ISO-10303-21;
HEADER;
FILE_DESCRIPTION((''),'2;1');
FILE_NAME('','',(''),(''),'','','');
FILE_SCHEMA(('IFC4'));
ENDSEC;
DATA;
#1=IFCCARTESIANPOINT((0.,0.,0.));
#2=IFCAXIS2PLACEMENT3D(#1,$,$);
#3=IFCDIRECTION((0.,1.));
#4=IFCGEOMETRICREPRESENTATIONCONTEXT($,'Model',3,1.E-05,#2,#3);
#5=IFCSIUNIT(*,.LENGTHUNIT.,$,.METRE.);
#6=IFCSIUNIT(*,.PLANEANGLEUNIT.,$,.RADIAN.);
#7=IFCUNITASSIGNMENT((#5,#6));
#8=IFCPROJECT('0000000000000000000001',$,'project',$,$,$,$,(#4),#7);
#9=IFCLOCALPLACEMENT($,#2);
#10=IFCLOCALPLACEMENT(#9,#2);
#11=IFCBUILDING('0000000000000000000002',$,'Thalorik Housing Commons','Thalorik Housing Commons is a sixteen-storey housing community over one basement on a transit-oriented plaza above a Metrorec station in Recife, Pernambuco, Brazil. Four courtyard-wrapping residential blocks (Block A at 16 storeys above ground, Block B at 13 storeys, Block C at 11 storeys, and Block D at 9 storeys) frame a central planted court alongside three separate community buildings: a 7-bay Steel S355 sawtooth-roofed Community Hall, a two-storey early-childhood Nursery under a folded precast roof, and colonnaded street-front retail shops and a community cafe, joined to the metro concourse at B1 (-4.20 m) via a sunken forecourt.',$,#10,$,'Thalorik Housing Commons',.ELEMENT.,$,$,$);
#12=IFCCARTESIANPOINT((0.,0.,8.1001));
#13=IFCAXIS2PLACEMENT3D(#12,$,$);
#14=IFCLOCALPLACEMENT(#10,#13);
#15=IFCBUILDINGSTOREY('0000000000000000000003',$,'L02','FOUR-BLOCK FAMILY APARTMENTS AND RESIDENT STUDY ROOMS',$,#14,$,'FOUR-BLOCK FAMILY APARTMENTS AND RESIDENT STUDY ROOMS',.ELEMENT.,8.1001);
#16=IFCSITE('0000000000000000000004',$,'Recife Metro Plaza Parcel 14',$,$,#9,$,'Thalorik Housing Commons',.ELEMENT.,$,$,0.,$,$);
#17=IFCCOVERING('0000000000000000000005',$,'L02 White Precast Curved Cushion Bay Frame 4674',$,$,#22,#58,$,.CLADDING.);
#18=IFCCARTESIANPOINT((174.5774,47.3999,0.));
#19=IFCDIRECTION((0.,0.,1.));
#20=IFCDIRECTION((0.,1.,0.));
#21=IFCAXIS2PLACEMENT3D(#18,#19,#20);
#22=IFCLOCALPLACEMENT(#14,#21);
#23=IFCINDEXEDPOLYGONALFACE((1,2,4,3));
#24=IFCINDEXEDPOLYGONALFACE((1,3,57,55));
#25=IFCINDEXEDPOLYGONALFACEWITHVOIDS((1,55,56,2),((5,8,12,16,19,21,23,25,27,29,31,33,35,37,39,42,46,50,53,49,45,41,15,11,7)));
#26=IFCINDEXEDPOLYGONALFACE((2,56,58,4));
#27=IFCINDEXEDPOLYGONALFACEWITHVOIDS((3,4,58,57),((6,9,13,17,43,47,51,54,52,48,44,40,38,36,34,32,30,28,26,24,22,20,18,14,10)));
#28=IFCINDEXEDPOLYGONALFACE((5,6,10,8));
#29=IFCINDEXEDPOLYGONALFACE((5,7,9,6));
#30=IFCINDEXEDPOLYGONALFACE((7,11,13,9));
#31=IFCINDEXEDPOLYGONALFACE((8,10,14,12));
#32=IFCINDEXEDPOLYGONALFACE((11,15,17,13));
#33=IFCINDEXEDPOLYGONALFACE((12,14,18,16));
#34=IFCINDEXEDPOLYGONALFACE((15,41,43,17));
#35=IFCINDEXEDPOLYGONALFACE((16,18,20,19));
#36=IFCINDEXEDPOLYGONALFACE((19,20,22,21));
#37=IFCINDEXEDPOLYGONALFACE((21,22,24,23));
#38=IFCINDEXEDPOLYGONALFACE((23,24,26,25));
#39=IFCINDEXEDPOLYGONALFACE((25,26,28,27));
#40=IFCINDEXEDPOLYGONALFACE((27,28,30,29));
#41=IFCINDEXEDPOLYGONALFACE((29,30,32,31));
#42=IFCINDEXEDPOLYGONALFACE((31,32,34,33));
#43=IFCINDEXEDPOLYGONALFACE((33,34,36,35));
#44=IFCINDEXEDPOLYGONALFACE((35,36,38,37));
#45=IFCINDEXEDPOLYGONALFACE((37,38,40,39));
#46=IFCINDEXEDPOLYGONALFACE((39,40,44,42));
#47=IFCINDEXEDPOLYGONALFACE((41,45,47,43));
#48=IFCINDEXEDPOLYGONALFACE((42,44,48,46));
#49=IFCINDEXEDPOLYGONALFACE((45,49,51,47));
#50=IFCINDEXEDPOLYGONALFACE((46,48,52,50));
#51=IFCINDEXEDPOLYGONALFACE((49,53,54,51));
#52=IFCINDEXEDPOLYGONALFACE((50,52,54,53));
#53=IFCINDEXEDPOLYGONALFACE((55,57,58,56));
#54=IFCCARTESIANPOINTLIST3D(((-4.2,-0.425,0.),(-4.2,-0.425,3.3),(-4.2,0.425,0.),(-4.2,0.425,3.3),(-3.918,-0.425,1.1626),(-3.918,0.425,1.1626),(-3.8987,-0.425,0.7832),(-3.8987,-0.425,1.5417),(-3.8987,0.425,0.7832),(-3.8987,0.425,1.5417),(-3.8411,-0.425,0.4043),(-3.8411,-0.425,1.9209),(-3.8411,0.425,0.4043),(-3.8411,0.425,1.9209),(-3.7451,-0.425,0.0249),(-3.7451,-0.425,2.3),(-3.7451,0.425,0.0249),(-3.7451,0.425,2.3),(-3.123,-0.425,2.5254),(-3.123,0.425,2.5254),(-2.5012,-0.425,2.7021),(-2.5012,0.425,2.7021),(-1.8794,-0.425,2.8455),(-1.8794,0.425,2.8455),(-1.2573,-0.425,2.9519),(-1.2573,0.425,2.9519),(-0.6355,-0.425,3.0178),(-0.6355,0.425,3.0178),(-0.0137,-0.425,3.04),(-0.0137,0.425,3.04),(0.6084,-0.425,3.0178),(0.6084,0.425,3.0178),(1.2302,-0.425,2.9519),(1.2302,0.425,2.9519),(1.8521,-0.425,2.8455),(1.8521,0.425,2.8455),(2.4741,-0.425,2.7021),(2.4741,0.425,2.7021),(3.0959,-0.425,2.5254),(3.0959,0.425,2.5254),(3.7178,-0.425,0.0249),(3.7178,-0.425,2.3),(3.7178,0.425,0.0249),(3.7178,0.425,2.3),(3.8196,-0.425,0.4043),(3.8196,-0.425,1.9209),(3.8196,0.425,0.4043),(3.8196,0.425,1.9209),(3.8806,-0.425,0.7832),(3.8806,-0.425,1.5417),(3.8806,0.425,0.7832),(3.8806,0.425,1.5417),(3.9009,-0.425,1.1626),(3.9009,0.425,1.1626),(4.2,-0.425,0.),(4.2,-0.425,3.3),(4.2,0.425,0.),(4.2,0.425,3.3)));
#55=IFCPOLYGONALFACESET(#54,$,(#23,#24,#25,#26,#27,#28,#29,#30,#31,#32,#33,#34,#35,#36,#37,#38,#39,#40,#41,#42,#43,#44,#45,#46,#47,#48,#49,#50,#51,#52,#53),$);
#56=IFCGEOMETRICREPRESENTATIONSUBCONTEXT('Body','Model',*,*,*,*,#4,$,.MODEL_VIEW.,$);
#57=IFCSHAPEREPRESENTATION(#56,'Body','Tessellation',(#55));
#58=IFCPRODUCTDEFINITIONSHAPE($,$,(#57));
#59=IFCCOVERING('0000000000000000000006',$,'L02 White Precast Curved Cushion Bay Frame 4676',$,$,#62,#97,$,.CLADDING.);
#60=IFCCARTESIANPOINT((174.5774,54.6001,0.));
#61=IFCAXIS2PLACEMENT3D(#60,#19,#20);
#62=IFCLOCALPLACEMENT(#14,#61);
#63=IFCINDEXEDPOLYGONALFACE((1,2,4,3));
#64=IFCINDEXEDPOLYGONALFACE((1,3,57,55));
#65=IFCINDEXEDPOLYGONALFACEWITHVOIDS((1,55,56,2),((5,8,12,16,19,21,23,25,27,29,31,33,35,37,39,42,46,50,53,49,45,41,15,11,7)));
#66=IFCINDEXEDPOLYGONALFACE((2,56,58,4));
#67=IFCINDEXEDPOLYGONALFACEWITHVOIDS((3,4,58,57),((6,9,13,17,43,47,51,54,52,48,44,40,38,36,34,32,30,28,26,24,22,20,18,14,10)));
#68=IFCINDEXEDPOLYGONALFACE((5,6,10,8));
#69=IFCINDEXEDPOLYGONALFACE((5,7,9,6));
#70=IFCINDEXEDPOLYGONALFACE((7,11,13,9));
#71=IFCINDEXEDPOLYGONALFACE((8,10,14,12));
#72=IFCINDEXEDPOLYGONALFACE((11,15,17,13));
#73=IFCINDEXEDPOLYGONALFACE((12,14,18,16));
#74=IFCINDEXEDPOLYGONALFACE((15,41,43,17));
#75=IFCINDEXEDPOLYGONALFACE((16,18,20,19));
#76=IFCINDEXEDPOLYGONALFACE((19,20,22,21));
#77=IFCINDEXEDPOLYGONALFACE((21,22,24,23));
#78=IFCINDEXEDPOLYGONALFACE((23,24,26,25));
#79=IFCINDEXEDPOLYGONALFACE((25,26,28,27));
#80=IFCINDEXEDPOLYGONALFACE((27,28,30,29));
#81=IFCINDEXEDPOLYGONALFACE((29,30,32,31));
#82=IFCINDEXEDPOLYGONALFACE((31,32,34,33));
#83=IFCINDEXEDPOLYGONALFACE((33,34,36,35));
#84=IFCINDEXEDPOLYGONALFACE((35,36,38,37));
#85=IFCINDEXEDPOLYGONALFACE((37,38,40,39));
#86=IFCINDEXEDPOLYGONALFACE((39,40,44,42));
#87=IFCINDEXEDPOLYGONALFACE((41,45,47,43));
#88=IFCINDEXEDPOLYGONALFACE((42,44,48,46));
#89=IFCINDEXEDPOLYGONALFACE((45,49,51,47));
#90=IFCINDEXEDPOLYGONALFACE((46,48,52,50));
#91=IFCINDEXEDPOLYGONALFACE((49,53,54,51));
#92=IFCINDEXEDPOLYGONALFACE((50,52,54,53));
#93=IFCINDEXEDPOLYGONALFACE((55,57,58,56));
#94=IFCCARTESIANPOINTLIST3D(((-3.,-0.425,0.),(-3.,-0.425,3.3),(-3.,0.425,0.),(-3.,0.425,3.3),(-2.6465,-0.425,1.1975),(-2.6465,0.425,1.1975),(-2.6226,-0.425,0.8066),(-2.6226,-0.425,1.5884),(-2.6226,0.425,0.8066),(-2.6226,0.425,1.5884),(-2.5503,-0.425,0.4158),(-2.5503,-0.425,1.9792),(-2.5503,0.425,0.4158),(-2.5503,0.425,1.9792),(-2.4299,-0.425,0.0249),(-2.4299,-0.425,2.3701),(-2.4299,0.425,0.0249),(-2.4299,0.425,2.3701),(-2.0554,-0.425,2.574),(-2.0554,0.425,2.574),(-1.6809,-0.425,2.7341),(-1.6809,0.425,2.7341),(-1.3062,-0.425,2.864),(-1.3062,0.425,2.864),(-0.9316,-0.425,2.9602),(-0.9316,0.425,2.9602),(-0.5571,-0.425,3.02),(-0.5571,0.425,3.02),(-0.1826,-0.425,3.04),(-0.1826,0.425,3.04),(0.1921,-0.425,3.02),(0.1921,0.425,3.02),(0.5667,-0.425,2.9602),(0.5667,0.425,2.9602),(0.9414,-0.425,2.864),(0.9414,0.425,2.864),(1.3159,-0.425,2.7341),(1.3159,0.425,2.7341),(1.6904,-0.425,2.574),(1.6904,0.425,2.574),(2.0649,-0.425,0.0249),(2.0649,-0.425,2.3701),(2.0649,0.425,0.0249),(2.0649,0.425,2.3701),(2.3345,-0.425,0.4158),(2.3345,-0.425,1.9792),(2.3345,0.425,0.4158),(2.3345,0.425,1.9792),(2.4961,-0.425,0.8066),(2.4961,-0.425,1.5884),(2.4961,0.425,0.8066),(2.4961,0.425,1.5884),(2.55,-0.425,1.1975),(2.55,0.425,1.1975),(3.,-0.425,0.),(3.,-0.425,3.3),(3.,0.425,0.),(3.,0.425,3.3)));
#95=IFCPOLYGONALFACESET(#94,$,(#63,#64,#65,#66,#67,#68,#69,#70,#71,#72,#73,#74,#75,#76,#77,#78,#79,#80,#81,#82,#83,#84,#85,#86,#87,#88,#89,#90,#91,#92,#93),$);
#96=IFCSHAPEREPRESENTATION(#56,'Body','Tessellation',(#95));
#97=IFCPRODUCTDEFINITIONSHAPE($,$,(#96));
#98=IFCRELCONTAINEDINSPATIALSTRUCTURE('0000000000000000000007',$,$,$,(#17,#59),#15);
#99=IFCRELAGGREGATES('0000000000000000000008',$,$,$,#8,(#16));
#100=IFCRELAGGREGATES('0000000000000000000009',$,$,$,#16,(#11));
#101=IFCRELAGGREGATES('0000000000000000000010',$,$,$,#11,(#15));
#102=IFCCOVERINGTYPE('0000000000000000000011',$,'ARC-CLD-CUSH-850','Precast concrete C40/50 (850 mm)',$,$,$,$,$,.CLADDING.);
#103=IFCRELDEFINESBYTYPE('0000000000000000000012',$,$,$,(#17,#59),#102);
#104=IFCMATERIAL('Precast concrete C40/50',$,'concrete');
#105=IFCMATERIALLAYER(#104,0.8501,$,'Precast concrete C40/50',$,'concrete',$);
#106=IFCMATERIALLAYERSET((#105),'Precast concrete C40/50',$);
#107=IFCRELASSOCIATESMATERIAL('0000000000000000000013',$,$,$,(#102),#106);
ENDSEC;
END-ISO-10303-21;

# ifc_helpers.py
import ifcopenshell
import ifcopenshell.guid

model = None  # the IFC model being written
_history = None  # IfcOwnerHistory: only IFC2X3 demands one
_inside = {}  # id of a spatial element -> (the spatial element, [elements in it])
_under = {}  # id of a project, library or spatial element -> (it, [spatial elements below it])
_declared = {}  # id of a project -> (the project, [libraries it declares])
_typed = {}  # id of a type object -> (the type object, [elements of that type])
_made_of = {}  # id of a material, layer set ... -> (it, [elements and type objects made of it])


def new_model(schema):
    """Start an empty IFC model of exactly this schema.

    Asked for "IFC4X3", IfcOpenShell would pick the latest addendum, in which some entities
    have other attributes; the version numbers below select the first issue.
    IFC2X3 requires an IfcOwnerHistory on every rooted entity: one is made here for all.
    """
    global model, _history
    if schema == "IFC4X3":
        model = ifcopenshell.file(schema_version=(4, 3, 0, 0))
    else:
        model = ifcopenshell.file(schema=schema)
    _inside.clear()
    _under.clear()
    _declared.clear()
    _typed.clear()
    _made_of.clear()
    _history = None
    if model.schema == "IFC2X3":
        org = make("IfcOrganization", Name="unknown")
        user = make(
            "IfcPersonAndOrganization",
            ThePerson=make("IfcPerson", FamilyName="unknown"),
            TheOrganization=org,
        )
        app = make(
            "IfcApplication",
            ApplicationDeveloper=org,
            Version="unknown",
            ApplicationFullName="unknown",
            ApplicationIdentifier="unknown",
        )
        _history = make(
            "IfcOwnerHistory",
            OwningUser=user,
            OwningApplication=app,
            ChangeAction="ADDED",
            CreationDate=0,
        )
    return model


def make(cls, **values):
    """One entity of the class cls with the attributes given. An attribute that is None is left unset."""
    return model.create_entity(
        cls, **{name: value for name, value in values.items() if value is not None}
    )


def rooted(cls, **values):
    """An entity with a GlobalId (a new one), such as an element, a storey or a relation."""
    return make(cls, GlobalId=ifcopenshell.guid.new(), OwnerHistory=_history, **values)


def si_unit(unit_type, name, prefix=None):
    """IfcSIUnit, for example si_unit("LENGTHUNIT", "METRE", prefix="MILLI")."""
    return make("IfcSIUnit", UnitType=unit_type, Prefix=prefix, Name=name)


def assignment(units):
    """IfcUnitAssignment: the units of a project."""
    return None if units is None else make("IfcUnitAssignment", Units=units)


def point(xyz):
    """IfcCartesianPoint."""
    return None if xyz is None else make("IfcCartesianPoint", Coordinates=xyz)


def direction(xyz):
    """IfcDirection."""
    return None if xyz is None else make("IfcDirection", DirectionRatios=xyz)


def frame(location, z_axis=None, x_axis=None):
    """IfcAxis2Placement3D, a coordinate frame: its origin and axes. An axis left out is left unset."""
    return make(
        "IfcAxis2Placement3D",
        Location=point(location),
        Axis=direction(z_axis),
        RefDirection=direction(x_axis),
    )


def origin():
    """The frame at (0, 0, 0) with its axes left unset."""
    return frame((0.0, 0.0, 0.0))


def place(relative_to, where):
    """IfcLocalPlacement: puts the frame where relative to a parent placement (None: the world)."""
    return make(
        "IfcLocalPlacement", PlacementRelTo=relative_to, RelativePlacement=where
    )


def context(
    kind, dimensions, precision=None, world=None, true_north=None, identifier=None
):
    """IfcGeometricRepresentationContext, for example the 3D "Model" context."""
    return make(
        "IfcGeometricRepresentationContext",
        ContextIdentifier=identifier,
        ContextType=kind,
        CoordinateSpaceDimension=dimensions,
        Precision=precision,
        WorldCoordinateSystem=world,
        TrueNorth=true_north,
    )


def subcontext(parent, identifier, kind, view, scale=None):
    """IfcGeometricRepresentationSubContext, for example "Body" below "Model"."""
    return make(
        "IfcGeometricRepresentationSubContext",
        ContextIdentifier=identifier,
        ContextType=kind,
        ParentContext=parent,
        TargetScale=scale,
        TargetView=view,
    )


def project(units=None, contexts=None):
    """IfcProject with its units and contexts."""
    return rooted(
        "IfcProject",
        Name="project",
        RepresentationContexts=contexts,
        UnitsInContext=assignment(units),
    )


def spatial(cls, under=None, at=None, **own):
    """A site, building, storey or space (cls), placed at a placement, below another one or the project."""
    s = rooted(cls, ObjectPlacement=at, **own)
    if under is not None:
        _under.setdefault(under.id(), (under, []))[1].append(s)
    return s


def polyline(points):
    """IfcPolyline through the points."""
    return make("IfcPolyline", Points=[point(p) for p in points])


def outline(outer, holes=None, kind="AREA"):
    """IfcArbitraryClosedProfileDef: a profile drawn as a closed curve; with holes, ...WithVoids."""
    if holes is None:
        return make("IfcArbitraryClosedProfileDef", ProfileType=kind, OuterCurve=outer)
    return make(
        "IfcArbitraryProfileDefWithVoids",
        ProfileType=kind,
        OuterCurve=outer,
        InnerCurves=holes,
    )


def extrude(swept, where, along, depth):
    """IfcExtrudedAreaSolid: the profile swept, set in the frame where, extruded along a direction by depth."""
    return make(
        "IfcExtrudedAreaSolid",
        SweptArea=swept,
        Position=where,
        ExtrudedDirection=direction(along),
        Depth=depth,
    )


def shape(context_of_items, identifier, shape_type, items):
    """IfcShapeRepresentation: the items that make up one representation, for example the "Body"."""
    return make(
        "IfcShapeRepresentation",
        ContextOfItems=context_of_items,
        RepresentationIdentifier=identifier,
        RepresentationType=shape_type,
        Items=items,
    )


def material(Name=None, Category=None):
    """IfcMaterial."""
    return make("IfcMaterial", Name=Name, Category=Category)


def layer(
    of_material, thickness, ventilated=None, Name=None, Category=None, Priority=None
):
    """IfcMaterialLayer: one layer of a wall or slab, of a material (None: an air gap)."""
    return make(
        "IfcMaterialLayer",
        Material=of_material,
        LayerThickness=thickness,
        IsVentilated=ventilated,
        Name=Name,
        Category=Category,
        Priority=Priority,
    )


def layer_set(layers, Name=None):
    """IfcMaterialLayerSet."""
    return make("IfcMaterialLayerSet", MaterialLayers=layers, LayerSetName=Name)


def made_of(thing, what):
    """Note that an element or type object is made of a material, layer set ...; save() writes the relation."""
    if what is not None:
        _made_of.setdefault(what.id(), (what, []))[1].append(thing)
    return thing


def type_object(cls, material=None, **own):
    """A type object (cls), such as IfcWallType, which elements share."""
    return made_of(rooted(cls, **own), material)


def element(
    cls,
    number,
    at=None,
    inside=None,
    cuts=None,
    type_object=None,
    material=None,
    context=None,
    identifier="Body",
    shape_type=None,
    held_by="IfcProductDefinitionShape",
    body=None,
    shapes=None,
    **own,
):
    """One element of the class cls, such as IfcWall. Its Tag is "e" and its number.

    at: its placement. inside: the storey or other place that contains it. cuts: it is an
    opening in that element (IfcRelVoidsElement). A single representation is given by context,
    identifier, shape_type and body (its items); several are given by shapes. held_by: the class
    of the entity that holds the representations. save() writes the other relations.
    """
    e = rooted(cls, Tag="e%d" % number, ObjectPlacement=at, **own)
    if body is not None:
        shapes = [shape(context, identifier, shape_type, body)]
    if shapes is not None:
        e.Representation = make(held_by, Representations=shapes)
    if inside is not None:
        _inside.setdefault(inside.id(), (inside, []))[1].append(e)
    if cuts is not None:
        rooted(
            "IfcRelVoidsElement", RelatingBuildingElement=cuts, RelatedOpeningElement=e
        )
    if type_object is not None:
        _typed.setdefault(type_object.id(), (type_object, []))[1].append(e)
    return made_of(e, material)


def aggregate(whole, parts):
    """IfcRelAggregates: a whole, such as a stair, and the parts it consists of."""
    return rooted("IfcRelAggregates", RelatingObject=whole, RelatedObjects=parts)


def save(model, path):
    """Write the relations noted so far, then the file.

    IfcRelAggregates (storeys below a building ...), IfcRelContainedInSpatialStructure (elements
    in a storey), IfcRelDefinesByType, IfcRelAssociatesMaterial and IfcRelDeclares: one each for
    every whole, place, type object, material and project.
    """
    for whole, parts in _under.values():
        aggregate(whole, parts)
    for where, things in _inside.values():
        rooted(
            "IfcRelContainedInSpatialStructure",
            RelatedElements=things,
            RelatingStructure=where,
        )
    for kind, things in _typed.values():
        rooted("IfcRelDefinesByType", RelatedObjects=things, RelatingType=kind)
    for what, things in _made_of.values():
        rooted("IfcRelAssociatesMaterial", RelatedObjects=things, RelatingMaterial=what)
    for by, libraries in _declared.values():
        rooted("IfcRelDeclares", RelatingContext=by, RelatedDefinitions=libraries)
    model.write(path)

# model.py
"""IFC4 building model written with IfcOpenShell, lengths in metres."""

from ifc_helpers import new_model, si_unit, direction, frame, origin, place, context, subcontext, project, spatial, polyline, outline, extrude, material, layer, layer_set, type_object, element, save


model = new_model("IFC4")

# Units and contexts
model_context = context("Model", 3, precision=1e-05, world=origin(), true_north=direction((0.0, 1.0)))
body_context = subcontext(model_context, "Body", "Model", "MODEL_VIEW")
ifc_project = project(units=[si_unit("LENGTHUNIT", "METRE"), si_unit("PLANEANGLEUNIT", "RADIAN")], contexts=[model_context])

# Site, building, storey
site_placement = place(None, origin())
site = spatial("IfcSite", under=ifc_project, at=site_placement, Name="Recife Metro Plaza Parcel 14", LongName="Thalorik Housing Commons", CompositionType="ELEMENT", RefElevation=0.0)
building_placement = place(site_placement, origin())
building = spatial("IfcBuilding", under=site, at=building_placement, Name="Thalorik Housing Commons", Description="Thalorik Housing Commons is a sixteen-storey housing community over one basement on a transit-oriented plaza above a Metrorec station in Recife, Pernambuco, Brazil. Four courtyard-wrapping residential blocks (Block A at 16 storeys above ground, Block B at 13 storeys, Block C at 11 storeys, and Block D at 9 storeys) frame a central planted court alongside three separate community buildings: a 7-bay Steel S355 sawtooth-roofed Community Hall, a two-storey early-childhood Nursery under a folded precast roof, and colonnaded street-front retail shops and a community cafe, joined to the metro concourse at B1 (-4.20 m) via a sunken forecourt.", LongName="Thalorik Housing Commons", CompositionType="ELEMENT")
storey_placement = place(building_placement, frame((0.0, 0.0, 8.1001)))
storey = spatial("IfcBuildingStorey", under=building, at=storey_placement, Name="L02", Description="FOUR-BLOCK FAMILY APARTMENTS AND RESIDENT STUDY ROOMS", LongName="FOUR-BLOCK FAMILY APARTMENTS AND RESIDENT STUDY ROOMS", CompositionType="ELEMENT", Elevation=8.1001)

# Shared definitions
ifc_material_1 = material(Name="Precast concrete C40/50", Category="concrete")

# Coverings
ifc_layer_1 = layer(ifc_material_1, 0.8501, Name="Precast concrete C40/50", Category="concrete")
ifc_layer_set_1 = layer_set([ifc_layer_1], Name="Precast concrete C40/50")
covering_type_1 = type_object("IfcCoveringType", Name="ARC-CLD-CUSH-850", Description="Precast concrete C40/50 (850 mm)", PredefinedType="CLADDING", material=ifc_layer_set_1)
covering_1_placement = place(storey_placement, frame((174.5774, 47.3999, 0.0), z_axis=(0.0, 0.0, 1.0), x_axis=(0.0, 1.0, 0.0)))
element("IfcCovering", 1, at=covering_1_placement, inside=storey, type_object=covering_type_1, Name="L02 White Precast Curved Cushion Bay Frame 4674", PredefinedType="CLADDING", context=body_context, shape_type="SweptSolid", body=[
    extrude(outline(polyline([(-4.2, 0.0), (4.2, 0.0), (4.2, 3.3), (-4.2, 3.3), (-4.2, 0.0)]), holes=[polyline([(3.7178, 0.0249), (3.8196, 0.4043), (3.8806, 0.7832), (3.9009, 1.1626), (3.8806, 1.5417), (3.8196, 1.9209), (3.7178, 2.3), (3.0959, 2.5254), (2.4741, 2.7021), (1.8521, 2.8455), (1.2302, 2.9519), (0.6084, 3.0178), (-0.0137, 3.04), (-0.6355, 3.0178), (-1.2573, 2.9519), (-1.8794, 2.8455), (-2.5012, 2.7021), (-3.123, 2.5254), (-3.7451, 2.3), (-3.8411, 1.9209), (-3.8987, 1.5417), (-3.918, 1.1626), (-3.8987, 0.7832), (-3.8411, 0.4043), (-3.7451, 0.0249), (3.7178, 0.0249)])]), frame((0.0, 0.425, 0.0), z_axis=(0.0, -1.0, 0.0), x_axis=(1.0, 0.0, 0.0)), (0.0, 0.0, 1.0), 0.8501),
])
covering_2_placement = place(storey_placement, frame((174.5774, 54.6001, 0.0), z_axis=(0.0, 0.0, 1.0), x_axis=(0.0, 1.0, 0.0)))
element("IfcCovering", 2, at=covering_2_placement, inside=storey, type_object=covering_type_1, Name="L02 White Precast Curved Cushion Bay Frame 4676", PredefinedType="CLADDING", context=body_context, shape_type="SweptSolid", body=[
    extrude(outline(polyline([(-3.0, 0.0), (3.0, 0.0), (3.0, 3.3), (-3.0, 3.3), (-3.0, 0.0)]), holes=[polyline([(2.0649, 0.0249), (2.3345, 0.4158), (2.4961, 0.8066), (2.55, 1.1975), (2.4961, 1.5884), (2.3345, 1.9792), (2.0649, 2.3701), (1.6904, 2.574), (1.3159, 2.7341), (0.9414, 2.864), (0.5667, 2.9602), (0.1921, 3.02), (-0.1826, 3.04), (-0.5571, 3.02), (-0.9316, 2.9602), (-1.3062, 2.864), (-1.6809, 2.7341), (-2.0554, 2.574), (-2.4299, 2.3701), (-2.5503, 1.9792), (-2.6226, 1.5884), (-2.6465, 1.1975), (-2.6226, 0.8066), (-2.5503, 0.4158), (-2.4299, 0.0249), (2.0649, 0.0249)])]), frame((0.0, 0.425, 0.0), z_axis=(0.0, -1.0, 0.0), x_axis=(1.0, 0.0, 0.0)), (0.0, 0.0, 1.0), 0.8501),
])

save(model, "model.ifc")
